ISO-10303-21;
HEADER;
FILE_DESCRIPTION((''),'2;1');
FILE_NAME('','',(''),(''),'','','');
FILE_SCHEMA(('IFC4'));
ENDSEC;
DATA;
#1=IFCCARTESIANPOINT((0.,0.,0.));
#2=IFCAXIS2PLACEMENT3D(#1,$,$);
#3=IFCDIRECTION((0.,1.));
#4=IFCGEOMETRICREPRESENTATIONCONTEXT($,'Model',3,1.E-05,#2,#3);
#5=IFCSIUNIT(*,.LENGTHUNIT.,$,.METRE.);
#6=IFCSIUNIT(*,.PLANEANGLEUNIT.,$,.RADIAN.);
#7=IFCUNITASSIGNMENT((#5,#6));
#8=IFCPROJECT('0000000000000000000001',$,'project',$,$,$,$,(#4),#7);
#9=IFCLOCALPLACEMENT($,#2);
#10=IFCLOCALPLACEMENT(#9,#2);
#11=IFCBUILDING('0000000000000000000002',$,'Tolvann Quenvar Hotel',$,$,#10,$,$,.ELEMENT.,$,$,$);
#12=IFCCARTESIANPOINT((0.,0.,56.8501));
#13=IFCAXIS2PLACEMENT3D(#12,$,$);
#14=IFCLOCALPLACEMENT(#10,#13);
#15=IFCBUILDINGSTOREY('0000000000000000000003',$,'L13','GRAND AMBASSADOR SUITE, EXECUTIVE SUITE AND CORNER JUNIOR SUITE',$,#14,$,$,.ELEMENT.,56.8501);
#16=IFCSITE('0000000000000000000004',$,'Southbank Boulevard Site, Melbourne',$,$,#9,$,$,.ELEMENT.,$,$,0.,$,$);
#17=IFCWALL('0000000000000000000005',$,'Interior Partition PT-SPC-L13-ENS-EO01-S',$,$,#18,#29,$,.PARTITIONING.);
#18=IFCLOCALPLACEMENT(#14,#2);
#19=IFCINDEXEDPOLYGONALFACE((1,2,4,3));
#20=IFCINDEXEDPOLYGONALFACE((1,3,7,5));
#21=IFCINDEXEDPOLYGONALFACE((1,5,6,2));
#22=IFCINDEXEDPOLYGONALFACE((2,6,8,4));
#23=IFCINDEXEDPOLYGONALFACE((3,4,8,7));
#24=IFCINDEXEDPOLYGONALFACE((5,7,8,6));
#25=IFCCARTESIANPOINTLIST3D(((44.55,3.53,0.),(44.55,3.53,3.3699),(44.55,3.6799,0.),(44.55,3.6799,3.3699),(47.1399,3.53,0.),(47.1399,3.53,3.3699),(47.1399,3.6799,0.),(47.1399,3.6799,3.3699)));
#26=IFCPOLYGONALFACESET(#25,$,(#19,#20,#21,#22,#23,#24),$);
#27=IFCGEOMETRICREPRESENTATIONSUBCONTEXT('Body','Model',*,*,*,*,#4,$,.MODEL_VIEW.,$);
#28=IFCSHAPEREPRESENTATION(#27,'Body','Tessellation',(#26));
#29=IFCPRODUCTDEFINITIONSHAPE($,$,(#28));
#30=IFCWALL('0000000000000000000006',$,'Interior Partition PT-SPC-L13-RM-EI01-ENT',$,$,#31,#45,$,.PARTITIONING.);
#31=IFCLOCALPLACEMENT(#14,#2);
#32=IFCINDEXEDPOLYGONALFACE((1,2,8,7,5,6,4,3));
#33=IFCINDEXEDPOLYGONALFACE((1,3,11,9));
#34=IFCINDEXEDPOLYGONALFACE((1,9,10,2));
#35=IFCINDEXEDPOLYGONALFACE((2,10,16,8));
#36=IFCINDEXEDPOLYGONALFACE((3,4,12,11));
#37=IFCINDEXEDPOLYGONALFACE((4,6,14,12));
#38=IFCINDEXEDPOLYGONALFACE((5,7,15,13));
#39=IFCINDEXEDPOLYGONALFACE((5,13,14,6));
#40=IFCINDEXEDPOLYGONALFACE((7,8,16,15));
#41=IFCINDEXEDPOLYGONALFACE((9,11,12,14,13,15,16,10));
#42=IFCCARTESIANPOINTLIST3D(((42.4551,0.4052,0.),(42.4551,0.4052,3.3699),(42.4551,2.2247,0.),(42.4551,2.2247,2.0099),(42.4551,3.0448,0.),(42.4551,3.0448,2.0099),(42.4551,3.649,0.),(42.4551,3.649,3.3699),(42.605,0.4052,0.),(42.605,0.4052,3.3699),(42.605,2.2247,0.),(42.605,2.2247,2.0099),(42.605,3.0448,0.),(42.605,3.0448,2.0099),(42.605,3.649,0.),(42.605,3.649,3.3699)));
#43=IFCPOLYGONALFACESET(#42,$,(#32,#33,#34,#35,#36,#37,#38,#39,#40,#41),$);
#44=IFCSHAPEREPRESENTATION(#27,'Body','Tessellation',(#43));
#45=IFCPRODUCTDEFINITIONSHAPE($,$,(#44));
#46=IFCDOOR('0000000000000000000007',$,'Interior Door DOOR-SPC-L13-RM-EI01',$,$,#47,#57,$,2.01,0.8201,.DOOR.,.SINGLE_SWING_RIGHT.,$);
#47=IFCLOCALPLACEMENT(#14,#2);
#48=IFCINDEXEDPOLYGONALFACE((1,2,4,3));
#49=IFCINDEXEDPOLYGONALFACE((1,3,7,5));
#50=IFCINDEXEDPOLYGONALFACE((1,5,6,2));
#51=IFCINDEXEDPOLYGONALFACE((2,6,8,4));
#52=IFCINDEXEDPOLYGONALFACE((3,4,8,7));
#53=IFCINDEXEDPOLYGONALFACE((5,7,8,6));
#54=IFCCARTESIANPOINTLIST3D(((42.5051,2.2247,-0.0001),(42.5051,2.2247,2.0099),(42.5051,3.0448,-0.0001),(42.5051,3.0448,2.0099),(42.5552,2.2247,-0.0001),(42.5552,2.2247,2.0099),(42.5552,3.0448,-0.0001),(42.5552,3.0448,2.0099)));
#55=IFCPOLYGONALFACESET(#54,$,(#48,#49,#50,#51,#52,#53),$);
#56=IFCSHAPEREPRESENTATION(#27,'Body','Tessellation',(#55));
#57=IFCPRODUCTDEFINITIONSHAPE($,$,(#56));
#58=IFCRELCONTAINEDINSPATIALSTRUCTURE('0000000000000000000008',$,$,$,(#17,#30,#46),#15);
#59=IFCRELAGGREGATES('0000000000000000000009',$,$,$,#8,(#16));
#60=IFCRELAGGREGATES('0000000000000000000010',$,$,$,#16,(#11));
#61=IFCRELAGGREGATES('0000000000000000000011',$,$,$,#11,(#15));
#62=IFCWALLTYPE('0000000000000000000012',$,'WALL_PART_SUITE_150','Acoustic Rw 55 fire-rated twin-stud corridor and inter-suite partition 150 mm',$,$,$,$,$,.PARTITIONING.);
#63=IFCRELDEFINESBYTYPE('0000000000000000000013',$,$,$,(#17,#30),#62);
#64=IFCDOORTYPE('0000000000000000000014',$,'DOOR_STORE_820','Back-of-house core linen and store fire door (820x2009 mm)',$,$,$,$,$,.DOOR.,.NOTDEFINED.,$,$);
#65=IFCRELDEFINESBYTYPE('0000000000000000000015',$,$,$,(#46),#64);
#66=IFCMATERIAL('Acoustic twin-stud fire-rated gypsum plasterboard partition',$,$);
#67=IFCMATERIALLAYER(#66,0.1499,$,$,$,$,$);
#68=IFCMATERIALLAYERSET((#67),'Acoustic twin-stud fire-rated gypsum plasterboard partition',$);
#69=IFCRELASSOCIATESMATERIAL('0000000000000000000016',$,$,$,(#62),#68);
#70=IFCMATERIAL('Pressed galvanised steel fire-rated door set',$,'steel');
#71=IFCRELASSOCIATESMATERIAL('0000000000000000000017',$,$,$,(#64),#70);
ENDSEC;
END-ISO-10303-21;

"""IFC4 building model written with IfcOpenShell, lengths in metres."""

from ifc_helpers import new_model, si_unit, direction, frame, frame_2d, origin, place, context, subcontext, project, spatial, rectangle, extrude, source, transform, mapped, material, layer, layer_set, type_object, type_shapes, element, fill, save


model = new_model("IFC4")

# Units and contexts
model_context = context("Model", 3, precision=1e-05, world=origin(), true_north=direction((0.0, 1.0)))
body_context = subcontext(model_context, "Body", "Model", "MODEL_VIEW")
ifc_project = project(units=[si_unit("LENGTHUNIT", "METRE"), si_unit("PLANEANGLEUNIT", "RADIAN")], contexts=[model_context])

# Site, building, storey
site_placement = place(None, origin())
site = spatial("IfcSite", under=ifc_project, at=site_placement, Name="Southbank Boulevard Site, Melbourne", CompositionType="ELEMENT", RefElevation=0.0)
building_placement = place(site_placement, origin())
building = spatial("IfcBuilding", under=site, at=building_placement, Name="Tolvann Quenvar Hotel", CompositionType="ELEMENT")
storey_placement = place(building_placement, frame((0.0, 0.0, 56.8501)))
storey = spatial("IfcBuildingStorey", under=building, at=storey_placement, Name="L13", Description="GRAND AMBASSADOR SUITE, EXECUTIVE SUITE AND CORNER JUNIOR SUITE", CompositionType="ELEMENT", Elevation=56.8501)

# Shared definitions
ifc_material_1 = material(Name="Acoustic twin-stud fire-rated gypsum plasterboard partition")
ifc_layer_1 = layer(ifc_material_1, 0.1499)
ifc_layer_set_1 = layer_set([ifc_layer_1], Name="Acoustic twin-stud fire-rated gypsum plasterboard partition")
wall_type_1 = type_object("IfcWallType", Name="WALL_PART_SUITE_150", Description="Acoustic Rw 55 fire-rated twin-stud corridor and inter-suite partition 150 mm", PredefinedType="PARTITIONING", material=ifc_layer_set_1)

# Wall
wall_1_placement = place(storey_placement, frame((44.55, 3.605, 0.0), z_axis=(0.0, 0.0, 1.0), x_axis=(1.0, 0.0, 0.0)))
element("IfcWall", 1, at=wall_1_placement, inside=storey, type_object=wall_type_1, Name="Interior Partition PT-SPC-L13-ENS-EO01-S", PredefinedType="PARTITIONING", context=body_context, shape_type="SweptSolid", body=[
    extrude(rectangle(XDim=2.5898, YDim=0.1499, at=frame_2d((1.2949, 0.0))), origin(), (0.0, 0.0, 1.0), 3.3699),
])

# Wall, opening, door
wall_2_placement = place(storey_placement, frame((42.53, 0.405, 0.0), z_axis=(0.0, 0.0, 1.0), x_axis=(0.0, 1.0, 0.0)))
wall_2 = element("IfcWall", 2, at=wall_2_placement, inside=storey, type_object=wall_type_1, Name="Interior Partition PT-SPC-L13-RM-EI01-ENT", PredefinedType="PARTITIONING", context=body_context, shape_type="SweptSolid", body=[
    extrude(rectangle(XDim=3.2439, YDim=0.1499, at=frame_2d((1.6221, 0.0))), origin(), (0.0, 0.0, 1.0), 3.3699),
])
opening_1_placement = place(wall_2_placement, frame((1.8196, 0.0, 0.0)))
opening_1 = element("IfcOpeningElement", 3, at=opening_1_placement, cuts=wall_2, PredefinedType="OPENING", context=body_context, shape_type="SweptSolid", body=[
    extrude(rectangle(XDim=0.8201, YDim=2.01, at=frame_2d((0.4102, 1.0049))), frame((0.0, 0.085, 0.0), z_axis=(0.0, -1.0, 0.0), x_axis=(1.0, 0.0, 0.0)), (0.0, 0.0, 1.0), 0.1699),
])
ifc_material_2 = material(Name="Pressed galvanised steel fire-rated door set", Category="steel")
door_type_1 = type_object("IfcDoorType", Name="DOOR_STORE_820", Description="Back-of-house core linen and store fire door (820x2009 mm)", OperationType="NOTDEFINED", PredefinedType="DOOR", material=ifc_material_2)
shared_shape_1 = source(origin(), body_context, "Body", "SweptSolid", [
    extrude(rectangle(XDim=0.8201, YDim=2.01, at=frame_2d((0.4102, 1.0049))), frame((0.0, 0.0249, 0.0), z_axis=(0.0, -1.0, 0.0), x_axis=(1.0, 0.0, 0.0)), (0.0, 0.0, 1.0), 0.05),
])
type_shapes(door_type_1, [shared_shape_1])
door_1_placement = place(opening_1_placement, origin())
door_1 = element("IfcDoor", 4, at=door_1_placement, inside=storey, type_object=door_type_1, Name="Interior Door DOOR-SPC-L13-RM-EI01", OperationType="SINGLE_SWING_RIGHT", OverallHeight=2.01, OverallWidth=0.8201, PredefinedType="DOOR", context=body_context, shape_type="MappedRepresentation", body=[
    mapped(shared_shape_1, transform((0.0, 0.0, 0.0), x_axis=(1.0, 0.0, 0.0), y_axis=(0.0, 1.0, 0.0), z_axis=(0.0, 0.0, 1.0), scale=1.0)),
])
fill(opening_1, door_1)

save(model, "model.ifc")
